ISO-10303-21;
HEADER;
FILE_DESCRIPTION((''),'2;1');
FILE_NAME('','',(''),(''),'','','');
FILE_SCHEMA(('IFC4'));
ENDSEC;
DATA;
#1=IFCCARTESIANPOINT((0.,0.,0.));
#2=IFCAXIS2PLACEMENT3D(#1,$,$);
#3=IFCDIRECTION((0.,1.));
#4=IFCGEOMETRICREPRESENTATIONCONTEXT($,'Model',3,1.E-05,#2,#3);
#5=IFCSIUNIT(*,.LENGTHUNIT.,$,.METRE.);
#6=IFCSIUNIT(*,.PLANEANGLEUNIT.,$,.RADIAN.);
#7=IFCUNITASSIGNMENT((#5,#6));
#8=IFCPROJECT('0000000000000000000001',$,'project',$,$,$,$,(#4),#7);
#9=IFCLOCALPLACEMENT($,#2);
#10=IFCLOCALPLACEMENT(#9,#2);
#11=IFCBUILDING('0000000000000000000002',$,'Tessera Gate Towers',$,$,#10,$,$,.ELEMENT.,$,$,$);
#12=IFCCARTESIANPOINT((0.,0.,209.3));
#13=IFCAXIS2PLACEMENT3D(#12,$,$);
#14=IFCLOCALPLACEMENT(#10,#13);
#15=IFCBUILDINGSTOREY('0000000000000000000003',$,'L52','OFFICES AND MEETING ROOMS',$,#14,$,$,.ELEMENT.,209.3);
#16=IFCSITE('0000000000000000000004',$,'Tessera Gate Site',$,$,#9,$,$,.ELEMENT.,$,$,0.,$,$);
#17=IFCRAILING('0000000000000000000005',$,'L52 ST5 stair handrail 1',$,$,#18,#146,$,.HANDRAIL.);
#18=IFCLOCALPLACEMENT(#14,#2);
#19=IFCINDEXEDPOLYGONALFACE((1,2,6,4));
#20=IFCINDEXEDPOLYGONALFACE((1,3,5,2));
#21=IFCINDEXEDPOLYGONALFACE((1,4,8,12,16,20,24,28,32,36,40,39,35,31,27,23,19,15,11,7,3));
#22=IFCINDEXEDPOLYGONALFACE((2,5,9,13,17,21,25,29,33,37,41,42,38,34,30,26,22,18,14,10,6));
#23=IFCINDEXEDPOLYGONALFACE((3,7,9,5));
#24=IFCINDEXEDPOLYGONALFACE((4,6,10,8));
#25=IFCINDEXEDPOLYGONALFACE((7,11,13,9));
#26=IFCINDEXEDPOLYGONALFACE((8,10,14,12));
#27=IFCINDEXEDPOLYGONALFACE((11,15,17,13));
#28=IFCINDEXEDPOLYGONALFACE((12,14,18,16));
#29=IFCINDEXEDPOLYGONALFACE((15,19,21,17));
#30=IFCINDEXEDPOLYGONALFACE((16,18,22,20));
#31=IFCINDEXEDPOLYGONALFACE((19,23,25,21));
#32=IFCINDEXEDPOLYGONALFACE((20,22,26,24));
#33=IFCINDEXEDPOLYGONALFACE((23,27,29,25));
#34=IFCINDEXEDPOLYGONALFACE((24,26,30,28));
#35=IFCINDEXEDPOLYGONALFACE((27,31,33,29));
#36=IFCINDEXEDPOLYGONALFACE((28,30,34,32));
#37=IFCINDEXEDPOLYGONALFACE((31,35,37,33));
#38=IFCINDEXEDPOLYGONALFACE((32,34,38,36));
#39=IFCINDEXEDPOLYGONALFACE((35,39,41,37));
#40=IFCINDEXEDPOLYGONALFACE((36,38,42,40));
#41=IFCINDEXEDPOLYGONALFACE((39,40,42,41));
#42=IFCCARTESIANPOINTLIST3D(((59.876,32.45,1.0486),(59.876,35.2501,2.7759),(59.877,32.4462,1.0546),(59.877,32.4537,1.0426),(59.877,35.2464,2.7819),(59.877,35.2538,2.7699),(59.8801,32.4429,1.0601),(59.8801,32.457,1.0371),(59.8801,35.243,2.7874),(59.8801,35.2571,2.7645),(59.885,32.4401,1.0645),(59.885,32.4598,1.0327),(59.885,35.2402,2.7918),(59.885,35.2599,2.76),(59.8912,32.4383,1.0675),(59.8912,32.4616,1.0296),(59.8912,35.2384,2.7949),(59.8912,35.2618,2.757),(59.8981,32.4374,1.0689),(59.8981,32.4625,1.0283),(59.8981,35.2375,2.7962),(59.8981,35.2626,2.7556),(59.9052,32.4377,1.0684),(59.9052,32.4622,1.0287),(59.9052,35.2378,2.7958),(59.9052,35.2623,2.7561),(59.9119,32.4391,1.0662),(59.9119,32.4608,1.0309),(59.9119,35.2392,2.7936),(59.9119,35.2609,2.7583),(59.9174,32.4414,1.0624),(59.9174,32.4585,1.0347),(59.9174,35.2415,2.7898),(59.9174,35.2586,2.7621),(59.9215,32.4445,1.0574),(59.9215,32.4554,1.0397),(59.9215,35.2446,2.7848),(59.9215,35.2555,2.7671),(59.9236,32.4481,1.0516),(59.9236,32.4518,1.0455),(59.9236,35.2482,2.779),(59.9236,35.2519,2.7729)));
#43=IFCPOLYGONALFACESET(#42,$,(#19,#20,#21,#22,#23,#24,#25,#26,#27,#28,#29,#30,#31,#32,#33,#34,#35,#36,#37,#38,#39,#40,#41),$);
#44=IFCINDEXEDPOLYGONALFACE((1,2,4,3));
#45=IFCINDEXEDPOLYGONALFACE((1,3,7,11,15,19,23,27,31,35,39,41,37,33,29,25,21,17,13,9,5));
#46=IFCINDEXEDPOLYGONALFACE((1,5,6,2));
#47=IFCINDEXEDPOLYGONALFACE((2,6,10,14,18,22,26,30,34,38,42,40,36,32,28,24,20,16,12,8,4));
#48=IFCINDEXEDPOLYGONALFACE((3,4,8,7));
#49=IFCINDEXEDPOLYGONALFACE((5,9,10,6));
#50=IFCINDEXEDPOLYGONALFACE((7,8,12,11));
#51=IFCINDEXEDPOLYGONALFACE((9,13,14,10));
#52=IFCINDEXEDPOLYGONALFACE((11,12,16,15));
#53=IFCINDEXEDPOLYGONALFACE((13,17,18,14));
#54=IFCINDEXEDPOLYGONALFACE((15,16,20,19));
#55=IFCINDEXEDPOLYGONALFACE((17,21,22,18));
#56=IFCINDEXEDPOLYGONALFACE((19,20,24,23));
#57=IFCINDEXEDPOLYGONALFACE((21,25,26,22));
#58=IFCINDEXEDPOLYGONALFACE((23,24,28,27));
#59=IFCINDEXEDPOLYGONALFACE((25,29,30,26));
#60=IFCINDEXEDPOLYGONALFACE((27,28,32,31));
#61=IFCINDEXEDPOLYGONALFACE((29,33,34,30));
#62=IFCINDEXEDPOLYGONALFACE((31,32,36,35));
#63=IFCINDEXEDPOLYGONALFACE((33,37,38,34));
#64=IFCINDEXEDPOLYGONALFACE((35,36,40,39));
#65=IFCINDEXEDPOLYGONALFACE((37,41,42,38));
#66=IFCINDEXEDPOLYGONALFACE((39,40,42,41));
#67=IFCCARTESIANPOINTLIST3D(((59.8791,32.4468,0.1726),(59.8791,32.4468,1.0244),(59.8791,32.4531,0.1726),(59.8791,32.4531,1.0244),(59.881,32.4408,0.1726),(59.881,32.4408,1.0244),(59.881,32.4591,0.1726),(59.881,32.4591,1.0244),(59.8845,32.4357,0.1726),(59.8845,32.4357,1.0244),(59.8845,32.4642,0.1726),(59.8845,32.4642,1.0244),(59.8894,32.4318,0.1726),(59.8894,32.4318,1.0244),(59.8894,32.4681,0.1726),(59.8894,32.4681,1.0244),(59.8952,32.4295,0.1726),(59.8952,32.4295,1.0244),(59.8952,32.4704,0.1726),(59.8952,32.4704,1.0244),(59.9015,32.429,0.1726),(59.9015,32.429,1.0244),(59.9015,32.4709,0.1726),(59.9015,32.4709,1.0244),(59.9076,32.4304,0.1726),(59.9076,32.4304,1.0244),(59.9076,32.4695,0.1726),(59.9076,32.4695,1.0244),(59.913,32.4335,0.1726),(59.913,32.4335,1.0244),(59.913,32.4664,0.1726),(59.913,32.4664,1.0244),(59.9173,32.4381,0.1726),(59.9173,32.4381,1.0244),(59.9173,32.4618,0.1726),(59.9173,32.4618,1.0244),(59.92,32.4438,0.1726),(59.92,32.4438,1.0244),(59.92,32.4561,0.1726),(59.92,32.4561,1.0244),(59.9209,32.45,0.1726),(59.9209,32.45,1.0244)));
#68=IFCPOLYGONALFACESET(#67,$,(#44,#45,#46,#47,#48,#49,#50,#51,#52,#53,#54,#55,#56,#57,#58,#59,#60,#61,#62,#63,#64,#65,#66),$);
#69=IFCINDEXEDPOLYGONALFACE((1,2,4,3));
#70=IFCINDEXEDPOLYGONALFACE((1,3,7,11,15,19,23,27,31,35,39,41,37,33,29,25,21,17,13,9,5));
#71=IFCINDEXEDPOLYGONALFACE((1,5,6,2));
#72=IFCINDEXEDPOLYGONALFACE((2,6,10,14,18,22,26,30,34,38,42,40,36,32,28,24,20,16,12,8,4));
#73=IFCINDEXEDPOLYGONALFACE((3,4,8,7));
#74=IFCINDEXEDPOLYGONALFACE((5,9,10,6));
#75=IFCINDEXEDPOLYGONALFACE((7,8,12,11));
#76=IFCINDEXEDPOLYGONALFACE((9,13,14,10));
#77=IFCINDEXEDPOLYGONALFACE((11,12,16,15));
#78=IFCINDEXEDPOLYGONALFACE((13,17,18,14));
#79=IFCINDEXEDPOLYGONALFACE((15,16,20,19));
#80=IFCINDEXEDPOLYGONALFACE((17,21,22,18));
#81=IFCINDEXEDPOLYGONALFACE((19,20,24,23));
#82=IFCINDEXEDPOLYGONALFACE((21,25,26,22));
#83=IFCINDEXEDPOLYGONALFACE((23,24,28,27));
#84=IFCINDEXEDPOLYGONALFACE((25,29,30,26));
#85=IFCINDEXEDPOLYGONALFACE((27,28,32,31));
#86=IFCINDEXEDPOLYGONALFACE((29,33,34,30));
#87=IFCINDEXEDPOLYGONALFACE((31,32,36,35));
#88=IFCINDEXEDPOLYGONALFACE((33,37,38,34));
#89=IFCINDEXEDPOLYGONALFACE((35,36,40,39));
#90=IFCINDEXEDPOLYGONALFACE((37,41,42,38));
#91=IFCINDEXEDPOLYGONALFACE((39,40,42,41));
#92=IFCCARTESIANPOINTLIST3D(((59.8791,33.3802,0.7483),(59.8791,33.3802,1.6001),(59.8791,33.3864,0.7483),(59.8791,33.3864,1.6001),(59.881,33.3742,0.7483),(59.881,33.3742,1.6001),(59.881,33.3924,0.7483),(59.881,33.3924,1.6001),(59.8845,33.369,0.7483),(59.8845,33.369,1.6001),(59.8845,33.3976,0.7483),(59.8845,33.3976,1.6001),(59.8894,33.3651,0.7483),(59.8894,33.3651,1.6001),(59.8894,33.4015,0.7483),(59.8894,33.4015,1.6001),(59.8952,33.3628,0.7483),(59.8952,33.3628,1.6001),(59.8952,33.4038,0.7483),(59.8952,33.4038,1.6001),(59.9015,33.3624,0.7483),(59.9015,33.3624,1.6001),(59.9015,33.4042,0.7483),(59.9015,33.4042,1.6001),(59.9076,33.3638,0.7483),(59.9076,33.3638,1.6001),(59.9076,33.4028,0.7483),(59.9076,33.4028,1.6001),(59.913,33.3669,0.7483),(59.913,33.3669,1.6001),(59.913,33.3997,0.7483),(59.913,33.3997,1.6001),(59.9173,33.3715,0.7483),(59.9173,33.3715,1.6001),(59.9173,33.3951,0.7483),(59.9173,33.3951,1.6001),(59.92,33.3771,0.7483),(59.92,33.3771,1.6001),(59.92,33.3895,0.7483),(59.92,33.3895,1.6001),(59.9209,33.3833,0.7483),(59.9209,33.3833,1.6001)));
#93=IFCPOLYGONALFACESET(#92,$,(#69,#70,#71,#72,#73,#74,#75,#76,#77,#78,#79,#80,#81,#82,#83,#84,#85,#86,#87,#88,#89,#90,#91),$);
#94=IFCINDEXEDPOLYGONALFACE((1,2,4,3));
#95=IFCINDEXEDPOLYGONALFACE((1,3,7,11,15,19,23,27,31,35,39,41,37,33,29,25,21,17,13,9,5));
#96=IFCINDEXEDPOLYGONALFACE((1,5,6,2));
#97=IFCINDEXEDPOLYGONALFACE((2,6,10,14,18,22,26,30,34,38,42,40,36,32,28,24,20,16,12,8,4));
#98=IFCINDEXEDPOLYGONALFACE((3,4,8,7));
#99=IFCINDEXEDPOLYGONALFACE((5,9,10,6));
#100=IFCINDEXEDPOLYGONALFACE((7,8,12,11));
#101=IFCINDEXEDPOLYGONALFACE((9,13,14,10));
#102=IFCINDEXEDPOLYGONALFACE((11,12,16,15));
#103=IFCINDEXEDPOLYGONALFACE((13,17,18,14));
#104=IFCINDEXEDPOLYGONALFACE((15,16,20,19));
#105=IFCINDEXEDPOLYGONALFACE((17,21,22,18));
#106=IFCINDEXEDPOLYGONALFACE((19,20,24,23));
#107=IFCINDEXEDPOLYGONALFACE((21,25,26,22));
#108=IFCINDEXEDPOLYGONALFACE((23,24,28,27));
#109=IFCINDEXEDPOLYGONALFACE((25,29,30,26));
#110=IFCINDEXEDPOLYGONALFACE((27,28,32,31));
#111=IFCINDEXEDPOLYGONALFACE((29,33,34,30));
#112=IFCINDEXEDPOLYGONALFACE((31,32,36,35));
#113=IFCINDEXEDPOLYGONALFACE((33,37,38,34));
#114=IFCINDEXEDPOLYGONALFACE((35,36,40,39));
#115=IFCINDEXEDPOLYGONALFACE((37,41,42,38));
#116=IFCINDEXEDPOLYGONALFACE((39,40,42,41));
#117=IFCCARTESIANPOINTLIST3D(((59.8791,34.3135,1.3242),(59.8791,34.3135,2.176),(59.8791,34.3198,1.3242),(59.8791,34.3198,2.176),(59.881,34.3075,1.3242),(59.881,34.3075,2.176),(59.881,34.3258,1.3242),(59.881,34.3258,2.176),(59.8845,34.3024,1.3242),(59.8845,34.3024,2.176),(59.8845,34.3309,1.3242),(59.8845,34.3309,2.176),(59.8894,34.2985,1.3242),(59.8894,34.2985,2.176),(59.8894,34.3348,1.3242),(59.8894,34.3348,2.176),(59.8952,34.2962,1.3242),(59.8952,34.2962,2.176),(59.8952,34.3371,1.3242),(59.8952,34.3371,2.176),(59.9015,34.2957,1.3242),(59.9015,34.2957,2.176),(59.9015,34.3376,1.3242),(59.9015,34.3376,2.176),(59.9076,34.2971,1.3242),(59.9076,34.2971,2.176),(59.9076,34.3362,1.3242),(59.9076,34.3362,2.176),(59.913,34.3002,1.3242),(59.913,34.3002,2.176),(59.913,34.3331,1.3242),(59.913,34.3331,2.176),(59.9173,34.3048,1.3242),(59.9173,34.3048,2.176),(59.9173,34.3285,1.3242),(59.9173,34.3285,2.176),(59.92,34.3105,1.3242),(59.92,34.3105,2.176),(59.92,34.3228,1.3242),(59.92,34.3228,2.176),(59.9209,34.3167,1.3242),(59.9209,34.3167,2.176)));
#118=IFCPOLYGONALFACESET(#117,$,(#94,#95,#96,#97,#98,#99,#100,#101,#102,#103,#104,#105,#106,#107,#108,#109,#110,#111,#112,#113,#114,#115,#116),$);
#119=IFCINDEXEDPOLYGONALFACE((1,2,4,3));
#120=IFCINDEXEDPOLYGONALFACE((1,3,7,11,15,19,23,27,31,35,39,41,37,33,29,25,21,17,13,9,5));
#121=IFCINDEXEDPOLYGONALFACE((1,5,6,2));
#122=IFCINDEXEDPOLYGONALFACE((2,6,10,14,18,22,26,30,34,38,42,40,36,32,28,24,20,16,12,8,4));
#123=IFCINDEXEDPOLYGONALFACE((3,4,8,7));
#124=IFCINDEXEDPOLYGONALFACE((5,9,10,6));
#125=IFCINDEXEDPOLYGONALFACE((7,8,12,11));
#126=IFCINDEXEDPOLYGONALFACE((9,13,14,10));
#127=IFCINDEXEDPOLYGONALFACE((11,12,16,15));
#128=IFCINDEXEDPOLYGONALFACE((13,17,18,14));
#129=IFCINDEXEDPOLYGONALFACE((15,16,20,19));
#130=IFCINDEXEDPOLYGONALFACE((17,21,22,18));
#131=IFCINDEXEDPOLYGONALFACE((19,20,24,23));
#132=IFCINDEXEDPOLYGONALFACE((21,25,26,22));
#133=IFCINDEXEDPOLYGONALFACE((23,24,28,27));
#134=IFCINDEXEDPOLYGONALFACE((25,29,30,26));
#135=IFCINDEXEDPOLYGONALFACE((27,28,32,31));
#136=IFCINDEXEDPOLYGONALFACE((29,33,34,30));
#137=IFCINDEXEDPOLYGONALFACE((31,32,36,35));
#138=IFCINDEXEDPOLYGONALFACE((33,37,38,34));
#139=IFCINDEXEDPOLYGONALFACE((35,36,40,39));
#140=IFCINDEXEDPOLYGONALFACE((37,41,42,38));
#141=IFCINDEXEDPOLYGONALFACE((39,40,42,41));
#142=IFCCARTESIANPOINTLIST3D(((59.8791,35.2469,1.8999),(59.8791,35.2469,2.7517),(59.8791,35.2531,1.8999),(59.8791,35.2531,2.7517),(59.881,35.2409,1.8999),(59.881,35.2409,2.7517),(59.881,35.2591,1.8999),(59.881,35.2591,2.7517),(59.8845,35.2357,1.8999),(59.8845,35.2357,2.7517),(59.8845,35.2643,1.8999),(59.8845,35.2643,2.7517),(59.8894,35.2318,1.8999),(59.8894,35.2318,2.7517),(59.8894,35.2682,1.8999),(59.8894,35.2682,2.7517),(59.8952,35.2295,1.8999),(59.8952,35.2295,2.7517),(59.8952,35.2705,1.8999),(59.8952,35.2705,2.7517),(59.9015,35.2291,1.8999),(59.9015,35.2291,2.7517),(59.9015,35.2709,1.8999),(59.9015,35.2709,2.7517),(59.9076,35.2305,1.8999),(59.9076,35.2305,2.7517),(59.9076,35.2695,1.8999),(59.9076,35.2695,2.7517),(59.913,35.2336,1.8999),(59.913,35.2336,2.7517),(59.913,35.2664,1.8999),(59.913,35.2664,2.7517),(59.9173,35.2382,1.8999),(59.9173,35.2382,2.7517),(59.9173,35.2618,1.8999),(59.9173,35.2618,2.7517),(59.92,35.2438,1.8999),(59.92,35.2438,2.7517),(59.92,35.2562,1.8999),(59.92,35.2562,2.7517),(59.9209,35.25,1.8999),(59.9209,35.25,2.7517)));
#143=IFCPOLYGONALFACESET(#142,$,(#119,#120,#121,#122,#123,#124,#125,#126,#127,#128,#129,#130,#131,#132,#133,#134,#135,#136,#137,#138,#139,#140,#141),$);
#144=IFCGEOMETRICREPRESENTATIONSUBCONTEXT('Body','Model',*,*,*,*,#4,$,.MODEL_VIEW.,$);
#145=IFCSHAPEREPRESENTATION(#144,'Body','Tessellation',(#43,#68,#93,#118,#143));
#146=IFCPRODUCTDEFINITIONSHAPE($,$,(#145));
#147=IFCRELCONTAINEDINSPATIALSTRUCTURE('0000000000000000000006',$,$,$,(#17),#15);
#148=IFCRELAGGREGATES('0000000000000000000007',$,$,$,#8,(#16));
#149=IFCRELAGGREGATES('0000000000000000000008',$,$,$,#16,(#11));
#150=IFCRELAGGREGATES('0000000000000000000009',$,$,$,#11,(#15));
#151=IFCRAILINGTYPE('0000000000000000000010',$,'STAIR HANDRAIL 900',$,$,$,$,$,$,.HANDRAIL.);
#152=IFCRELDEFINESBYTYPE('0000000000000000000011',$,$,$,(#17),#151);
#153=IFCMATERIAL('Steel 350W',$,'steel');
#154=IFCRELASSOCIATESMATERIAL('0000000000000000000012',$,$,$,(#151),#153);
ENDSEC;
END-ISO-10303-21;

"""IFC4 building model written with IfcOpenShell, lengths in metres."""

from ifc_helpers import new_model, si_unit, direction, frame, origin, origin_2d, place, context, subcontext, project, spatial, circle, extrude, material, type_object, element, save


model = new_model("IFC4")

# Units and contexts
model_context = context("Model", 3, precision=1e-05, world=origin(), true_north=direction((0.0, 1.0)))
body_context = subcontext(model_context, "Body", "Model", "MODEL_VIEW")
ifc_project = project(units=[si_unit("LENGTHUNIT", "METRE"), si_unit("PLANEANGLEUNIT", "RADIAN")], contexts=[model_context])

# Site, building, storey
site_placement = place(None, origin())
site = spatial("IfcSite", under=ifc_project, at=site_placement, Name="Tessera Gate Site", CompositionType="ELEMENT", RefElevation=0.0)
building_placement = place(site_placement, origin())
building = spatial("IfcBuilding", under=site, at=building_placement, Name="Tessera Gate Towers", CompositionType="ELEMENT")
storey_placement = place(building_placement, frame((0.0, 0.0, 209.3)))
storey = spatial("IfcBuildingStorey", under=building, at=storey_placement, Name="L52", Description="OFFICES AND MEETING ROOMS", CompositionType="ELEMENT", Elevation=209.3)

# Railing
ifc_material_1 = material(Name="Steel 350W", Category="steel")
railing_type_1 = type_object("IfcRailingType", Name="STAIR HANDRAIL 900", PredefinedType="HANDRAIL", material=ifc_material_1)
railing_1_placement = place(storey_placement, frame((59.8999, 32.45, 0.1726)))
element("IfcRailing", 1, at=railing_1_placement, inside=storey, type_object=railing_type_1, Name="L52 ST5 stair handrail 1", PredefinedType="HANDRAIL", context=body_context, shape_type="SweptSolid", body=[
    extrude(circle(Radius=0.0239, at=origin_2d()), frame((0.0, 0.0, 0.876), z_axis=(0.0, 0.85109, 0.52502), x_axis=(-1.0, 0.0, 0.0)), (0.0, 0.0, 1.0), 3.29),
    extrude(circle(Radius=0.021, at=origin_2d()), origin(), (0.0, 0.0, 1.0), 0.8518),
    extrude(circle(Radius=0.021, at=origin_2d()), frame((0.0, 0.9333, 0.5757)), (0.0, 0.0, 1.0), 0.8518),
    extrude(circle(Radius=0.021, at=origin_2d()), frame((0.0, 1.8667, 1.1516)), (0.0, 0.0, 1.0), 0.8518),
    extrude(circle(Radius=0.021, at=origin_2d()), frame((0.0, 2.8, 1.7273)), (0.0, 0.0, 1.0), 0.8518),
])

save(model, "model.ifc")
